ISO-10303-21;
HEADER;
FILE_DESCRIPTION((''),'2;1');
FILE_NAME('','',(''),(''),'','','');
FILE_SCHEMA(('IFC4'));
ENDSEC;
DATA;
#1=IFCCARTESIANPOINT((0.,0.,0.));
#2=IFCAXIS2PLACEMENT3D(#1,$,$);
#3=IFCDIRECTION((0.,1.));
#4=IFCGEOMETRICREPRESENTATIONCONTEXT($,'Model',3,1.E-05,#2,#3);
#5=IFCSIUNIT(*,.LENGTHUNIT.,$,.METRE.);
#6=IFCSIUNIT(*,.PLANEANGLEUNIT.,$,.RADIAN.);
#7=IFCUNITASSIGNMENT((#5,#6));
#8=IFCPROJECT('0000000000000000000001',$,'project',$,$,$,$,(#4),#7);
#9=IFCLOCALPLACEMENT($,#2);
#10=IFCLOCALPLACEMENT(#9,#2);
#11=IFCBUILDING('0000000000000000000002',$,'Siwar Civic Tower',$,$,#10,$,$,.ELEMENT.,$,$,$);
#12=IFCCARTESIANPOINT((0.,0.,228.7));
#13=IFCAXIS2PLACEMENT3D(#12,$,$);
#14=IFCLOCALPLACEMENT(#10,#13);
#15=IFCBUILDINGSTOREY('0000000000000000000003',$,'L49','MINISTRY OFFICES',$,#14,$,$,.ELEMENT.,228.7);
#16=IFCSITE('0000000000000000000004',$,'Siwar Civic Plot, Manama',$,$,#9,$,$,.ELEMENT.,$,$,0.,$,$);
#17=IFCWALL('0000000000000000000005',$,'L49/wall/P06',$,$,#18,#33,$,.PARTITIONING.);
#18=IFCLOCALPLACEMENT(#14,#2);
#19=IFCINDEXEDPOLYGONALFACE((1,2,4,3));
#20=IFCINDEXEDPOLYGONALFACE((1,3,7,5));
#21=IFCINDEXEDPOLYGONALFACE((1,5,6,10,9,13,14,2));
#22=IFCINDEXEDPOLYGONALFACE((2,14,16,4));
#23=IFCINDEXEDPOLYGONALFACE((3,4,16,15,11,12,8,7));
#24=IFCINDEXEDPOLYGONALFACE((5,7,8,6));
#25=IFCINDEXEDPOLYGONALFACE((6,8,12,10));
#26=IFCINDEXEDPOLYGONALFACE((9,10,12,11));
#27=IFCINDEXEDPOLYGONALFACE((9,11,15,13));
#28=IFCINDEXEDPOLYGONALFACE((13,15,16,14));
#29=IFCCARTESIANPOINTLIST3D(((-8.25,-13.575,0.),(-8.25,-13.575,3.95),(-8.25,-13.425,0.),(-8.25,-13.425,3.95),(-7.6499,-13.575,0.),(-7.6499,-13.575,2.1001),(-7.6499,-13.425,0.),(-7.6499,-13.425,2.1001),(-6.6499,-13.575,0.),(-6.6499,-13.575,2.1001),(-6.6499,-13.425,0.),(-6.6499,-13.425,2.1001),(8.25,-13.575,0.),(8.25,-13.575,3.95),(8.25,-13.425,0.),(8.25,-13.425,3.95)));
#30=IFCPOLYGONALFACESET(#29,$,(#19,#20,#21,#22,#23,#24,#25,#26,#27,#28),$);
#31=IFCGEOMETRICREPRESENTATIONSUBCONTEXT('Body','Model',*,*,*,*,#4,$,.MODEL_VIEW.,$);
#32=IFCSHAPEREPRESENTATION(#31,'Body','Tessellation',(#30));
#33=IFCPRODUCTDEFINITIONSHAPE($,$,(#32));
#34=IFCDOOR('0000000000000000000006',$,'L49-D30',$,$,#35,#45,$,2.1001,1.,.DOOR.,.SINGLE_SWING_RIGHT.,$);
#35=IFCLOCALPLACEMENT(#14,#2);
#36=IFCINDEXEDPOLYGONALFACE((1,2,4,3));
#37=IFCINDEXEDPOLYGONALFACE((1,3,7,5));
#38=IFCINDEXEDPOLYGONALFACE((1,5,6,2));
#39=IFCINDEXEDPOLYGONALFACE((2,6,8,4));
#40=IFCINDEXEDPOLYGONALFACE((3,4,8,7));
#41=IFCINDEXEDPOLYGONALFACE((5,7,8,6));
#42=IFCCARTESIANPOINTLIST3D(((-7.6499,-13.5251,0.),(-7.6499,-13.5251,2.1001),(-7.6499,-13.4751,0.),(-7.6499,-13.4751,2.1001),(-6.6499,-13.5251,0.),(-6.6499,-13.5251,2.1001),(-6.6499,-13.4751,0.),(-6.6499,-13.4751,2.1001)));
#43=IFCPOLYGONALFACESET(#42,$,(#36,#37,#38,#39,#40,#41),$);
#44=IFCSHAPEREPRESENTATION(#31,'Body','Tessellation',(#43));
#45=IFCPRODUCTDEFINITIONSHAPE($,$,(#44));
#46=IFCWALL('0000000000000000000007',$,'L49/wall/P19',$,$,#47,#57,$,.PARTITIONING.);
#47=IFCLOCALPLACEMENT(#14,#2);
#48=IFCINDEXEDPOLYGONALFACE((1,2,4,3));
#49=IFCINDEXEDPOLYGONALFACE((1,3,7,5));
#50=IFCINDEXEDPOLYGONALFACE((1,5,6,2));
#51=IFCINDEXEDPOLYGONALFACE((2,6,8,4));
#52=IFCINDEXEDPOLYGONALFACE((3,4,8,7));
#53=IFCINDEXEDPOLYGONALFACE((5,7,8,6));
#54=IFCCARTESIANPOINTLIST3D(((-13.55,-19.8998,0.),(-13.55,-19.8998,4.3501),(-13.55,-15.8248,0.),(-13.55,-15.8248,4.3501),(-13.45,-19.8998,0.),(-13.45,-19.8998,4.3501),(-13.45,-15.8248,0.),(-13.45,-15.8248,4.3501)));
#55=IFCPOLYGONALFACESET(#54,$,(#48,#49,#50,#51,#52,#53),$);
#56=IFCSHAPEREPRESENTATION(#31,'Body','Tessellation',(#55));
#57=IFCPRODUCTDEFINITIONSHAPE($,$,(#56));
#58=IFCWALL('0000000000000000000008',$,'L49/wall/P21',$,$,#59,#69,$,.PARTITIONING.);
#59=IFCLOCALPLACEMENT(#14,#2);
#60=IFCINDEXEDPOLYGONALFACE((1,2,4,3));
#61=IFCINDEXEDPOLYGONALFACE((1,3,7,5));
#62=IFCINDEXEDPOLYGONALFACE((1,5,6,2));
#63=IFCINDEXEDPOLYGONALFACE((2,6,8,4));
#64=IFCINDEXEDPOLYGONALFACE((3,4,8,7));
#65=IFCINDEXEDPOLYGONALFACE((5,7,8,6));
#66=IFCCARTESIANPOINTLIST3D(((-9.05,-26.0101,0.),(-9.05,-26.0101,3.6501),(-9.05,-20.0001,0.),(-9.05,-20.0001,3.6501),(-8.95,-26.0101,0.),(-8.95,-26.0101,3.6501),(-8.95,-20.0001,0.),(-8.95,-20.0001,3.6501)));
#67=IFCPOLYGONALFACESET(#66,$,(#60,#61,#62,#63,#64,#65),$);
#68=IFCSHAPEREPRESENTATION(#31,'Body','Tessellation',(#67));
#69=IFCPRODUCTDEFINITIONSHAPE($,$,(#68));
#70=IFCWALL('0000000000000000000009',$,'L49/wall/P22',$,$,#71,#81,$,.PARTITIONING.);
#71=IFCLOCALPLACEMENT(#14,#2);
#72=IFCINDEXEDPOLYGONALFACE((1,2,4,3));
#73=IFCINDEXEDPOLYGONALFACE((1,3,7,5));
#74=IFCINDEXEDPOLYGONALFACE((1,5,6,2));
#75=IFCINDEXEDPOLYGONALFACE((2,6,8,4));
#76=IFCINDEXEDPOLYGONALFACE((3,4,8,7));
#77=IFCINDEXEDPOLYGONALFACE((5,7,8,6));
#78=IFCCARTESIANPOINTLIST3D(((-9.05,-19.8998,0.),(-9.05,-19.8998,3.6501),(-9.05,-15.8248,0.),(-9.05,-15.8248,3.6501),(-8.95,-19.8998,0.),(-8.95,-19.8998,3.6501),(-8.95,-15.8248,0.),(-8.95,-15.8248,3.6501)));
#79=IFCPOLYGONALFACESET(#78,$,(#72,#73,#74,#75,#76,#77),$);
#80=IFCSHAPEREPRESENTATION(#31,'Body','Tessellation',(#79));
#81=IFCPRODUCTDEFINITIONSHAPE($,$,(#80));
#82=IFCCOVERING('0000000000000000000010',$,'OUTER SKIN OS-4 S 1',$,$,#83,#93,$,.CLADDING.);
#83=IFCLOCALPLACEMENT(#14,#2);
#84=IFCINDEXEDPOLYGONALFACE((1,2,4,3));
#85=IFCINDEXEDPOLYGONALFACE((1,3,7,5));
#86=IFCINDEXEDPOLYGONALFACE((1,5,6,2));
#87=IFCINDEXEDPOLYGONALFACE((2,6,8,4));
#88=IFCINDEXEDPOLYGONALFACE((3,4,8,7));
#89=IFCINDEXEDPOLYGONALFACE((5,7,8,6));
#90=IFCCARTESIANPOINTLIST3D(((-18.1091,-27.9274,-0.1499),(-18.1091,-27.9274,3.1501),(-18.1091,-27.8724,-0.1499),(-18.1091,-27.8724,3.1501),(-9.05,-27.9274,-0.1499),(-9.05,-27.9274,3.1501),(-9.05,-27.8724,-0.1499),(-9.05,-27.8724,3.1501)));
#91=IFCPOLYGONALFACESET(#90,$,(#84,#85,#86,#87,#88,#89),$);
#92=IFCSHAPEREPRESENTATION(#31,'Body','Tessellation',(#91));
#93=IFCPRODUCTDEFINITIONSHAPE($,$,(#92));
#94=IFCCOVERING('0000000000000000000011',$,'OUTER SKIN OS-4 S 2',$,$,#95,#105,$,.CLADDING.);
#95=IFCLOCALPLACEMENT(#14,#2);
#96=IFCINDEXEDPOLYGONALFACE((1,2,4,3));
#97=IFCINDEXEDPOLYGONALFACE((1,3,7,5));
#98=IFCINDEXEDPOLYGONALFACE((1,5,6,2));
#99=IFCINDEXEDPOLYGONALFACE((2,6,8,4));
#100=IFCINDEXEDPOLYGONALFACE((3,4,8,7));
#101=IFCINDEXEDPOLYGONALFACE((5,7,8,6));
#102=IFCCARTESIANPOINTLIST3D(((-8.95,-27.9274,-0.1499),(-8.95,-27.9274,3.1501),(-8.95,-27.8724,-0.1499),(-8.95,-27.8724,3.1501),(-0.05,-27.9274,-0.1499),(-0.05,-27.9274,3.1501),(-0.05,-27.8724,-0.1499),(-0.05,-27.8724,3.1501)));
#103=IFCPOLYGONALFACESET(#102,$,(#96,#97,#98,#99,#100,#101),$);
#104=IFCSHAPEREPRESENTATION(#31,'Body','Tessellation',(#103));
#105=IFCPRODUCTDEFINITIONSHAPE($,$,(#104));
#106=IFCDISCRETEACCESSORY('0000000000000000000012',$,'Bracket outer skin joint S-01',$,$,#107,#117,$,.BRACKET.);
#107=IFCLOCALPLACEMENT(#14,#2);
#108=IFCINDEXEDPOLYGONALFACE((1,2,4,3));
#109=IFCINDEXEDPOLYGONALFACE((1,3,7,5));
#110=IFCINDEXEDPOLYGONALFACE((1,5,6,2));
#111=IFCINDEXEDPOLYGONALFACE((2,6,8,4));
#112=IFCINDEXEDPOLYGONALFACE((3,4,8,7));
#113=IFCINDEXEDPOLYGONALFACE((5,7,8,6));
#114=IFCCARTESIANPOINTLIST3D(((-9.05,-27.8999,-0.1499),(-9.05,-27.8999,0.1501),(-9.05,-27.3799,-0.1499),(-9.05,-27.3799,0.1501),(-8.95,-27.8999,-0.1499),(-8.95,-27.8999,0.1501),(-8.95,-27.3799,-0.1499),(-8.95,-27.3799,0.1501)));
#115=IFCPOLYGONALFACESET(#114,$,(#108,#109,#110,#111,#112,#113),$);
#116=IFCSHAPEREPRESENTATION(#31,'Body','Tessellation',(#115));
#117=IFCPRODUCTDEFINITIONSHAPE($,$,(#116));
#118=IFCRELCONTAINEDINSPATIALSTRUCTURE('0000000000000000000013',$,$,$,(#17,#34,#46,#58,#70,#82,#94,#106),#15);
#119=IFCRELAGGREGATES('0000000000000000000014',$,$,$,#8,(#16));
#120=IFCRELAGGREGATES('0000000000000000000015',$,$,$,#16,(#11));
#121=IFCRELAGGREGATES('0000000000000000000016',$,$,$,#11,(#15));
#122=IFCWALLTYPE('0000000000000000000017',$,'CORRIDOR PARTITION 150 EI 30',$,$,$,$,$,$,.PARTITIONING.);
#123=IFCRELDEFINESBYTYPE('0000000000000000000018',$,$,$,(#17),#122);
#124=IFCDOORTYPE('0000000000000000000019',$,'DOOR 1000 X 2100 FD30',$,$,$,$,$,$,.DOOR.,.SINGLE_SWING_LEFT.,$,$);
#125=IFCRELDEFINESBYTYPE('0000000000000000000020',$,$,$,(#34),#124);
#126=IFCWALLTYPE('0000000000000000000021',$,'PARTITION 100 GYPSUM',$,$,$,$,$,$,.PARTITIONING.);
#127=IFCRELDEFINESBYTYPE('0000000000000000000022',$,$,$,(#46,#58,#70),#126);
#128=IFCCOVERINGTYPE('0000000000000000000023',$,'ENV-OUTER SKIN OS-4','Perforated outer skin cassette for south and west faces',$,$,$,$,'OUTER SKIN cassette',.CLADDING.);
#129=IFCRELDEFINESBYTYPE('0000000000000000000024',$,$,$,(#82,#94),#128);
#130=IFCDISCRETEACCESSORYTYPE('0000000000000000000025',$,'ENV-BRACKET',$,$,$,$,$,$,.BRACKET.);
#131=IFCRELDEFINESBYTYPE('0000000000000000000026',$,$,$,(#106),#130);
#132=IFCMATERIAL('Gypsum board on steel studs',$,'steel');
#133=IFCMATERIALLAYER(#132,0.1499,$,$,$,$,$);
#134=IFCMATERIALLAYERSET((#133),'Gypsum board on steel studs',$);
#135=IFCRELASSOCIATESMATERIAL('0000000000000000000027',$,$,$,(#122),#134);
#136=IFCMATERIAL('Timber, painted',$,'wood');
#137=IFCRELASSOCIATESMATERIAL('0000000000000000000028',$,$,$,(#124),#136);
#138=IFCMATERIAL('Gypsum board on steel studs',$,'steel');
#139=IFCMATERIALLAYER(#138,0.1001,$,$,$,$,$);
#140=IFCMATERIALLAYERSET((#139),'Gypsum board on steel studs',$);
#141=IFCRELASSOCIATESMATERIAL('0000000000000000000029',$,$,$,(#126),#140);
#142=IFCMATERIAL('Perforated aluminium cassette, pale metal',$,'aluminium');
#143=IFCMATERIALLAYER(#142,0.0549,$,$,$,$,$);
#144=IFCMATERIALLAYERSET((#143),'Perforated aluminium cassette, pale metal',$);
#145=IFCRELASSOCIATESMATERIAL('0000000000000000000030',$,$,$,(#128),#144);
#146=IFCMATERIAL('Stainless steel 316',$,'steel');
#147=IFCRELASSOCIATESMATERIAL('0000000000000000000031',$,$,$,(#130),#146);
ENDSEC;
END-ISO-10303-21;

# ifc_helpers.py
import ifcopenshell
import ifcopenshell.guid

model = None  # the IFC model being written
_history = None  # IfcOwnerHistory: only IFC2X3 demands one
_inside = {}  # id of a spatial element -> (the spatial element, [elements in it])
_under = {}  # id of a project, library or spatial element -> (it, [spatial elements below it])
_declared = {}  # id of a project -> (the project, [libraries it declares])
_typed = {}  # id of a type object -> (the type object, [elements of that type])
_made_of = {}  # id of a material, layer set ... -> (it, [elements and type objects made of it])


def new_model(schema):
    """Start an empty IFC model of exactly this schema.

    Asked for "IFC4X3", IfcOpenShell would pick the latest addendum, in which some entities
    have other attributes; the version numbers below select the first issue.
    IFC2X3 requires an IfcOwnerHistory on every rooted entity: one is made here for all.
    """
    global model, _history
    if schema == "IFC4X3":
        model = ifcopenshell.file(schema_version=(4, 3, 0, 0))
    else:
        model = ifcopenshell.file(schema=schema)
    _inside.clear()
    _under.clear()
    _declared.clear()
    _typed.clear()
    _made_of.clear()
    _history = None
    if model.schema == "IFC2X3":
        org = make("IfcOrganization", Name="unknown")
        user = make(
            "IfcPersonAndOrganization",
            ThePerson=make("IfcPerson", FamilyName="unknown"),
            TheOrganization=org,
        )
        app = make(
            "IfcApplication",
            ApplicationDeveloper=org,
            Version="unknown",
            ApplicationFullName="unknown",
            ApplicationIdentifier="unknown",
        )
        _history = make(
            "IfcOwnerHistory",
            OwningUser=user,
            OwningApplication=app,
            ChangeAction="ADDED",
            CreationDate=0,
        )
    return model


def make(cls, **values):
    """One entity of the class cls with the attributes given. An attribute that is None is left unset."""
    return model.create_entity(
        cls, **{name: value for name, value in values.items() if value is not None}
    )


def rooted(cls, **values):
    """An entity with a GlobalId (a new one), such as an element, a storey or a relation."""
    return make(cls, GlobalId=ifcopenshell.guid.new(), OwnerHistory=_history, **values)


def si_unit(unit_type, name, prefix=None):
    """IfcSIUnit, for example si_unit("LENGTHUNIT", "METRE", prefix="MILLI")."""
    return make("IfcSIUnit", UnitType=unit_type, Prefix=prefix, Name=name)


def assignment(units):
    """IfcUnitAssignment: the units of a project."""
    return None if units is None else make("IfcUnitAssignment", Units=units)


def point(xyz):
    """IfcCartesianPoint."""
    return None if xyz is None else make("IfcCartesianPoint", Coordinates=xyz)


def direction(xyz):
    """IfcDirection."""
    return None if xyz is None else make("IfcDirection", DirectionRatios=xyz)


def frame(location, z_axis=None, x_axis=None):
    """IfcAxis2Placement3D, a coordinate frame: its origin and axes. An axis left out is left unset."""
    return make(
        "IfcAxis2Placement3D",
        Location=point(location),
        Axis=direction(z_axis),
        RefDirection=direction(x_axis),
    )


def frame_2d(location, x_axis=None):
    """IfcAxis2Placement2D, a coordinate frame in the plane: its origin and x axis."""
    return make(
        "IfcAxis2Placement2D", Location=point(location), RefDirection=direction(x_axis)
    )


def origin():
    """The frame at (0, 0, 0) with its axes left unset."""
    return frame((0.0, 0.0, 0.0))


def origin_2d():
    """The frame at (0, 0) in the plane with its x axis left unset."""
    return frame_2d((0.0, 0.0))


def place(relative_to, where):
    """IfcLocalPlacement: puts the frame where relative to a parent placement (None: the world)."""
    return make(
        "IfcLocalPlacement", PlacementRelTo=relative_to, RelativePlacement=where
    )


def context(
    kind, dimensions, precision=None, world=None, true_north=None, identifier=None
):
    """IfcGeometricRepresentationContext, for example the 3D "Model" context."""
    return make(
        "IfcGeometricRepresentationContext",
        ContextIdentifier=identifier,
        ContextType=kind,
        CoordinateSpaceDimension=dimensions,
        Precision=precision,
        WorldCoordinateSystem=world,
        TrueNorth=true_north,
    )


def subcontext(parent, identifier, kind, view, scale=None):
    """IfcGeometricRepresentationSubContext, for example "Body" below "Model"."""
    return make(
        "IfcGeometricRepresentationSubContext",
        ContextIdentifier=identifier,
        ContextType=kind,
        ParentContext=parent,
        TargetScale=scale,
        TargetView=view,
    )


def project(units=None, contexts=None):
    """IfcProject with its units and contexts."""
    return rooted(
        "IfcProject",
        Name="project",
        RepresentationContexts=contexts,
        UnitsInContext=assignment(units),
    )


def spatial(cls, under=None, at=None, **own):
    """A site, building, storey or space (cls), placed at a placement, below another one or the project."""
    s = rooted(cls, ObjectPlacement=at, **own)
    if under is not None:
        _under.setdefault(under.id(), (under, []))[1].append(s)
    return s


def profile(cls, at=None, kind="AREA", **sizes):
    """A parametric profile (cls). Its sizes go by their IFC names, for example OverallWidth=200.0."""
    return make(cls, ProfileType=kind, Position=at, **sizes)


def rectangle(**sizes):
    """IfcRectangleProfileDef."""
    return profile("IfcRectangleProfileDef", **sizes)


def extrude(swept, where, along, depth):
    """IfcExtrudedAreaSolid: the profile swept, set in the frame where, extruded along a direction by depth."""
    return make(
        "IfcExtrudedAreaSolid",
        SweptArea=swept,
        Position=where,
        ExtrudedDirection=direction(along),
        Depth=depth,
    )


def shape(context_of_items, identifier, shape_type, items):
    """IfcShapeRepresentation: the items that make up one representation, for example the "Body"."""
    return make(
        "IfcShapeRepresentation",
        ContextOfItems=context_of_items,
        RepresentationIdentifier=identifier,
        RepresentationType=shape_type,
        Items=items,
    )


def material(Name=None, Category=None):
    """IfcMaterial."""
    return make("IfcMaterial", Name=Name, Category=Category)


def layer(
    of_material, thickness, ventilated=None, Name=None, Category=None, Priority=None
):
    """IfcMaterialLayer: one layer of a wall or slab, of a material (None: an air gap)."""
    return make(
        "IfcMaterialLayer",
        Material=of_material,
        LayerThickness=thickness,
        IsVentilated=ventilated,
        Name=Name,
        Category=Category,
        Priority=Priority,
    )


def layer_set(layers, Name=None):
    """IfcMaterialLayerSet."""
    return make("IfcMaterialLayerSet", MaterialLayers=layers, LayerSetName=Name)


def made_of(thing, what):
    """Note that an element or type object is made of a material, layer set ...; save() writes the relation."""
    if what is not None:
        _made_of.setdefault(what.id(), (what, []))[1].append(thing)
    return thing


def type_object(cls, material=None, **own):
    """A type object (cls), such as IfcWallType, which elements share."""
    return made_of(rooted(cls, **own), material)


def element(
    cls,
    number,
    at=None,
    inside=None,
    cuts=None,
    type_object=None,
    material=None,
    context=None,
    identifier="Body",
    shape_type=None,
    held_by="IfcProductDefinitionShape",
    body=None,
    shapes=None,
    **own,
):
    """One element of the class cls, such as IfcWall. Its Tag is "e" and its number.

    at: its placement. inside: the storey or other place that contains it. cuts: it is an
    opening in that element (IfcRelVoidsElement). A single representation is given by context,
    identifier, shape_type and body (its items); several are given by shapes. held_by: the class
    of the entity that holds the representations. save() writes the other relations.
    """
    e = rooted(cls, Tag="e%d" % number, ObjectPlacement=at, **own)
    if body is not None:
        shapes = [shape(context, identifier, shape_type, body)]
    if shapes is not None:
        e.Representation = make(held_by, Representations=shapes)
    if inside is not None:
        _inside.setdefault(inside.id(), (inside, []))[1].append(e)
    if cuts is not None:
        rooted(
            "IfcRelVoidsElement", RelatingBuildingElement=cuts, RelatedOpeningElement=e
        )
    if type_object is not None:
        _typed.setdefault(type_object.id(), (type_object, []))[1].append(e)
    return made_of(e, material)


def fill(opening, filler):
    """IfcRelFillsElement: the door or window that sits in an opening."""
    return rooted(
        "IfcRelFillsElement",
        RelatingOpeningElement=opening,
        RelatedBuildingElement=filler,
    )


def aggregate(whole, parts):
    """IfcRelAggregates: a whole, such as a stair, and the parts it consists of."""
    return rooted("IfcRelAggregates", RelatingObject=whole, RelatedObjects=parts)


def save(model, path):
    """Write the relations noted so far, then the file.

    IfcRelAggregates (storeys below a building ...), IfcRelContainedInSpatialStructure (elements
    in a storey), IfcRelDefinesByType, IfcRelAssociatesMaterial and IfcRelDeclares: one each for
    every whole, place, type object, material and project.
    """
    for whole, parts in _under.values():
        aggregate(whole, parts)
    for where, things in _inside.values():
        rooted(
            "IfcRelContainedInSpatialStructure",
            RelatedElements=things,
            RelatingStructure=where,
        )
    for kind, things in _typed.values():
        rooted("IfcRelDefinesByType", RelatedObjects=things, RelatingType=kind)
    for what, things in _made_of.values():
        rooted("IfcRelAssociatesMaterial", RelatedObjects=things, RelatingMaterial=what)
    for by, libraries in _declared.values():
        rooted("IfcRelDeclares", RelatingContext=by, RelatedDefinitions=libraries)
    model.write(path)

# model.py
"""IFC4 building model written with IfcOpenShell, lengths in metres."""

from ifc_helpers import new_model, si_unit, direction, frame, frame_2d, origin, origin_2d, place, context, subcontext, project, spatial, rectangle, extrude, material, layer, layer_set, type_object, element, fill, save


model = new_model("IFC4")

# Units and contexts
model_context = context("Model", 3, precision=1e-05, world=origin(), true_north=direction((0.0, 1.0)))
body_context = subcontext(model_context, "Body", "Model", "MODEL_VIEW")
ifc_project = project(units=[si_unit("LENGTHUNIT", "METRE"), si_unit("PLANEANGLEUNIT", "RADIAN")], contexts=[model_context])

# Site, building, storey
site_placement = place(None, origin())
site = spatial("IfcSite", under=ifc_project, at=site_placement, Name="Siwar Civic Plot, Manama", CompositionType="ELEMENT", RefElevation=0.0)
building_placement = place(site_placement, origin())
building = spatial("IfcBuilding", under=site, at=building_placement, Name="Siwar Civic Tower", CompositionType="ELEMENT")
storey_placement = place(building_placement, frame((0.0, 0.0, 228.7)))
storey = spatial("IfcBuildingStorey", under=building, at=storey_placement, Name="L49", Description="MINISTRY OFFICES", CompositionType="ELEMENT", Elevation=228.7)

# Wall, opening, door
ifc_material_1 = material(Name="Gypsum board on steel studs", Category="steel")
ifc_layer_1 = layer(ifc_material_1, 0.1499)
ifc_layer_set_1 = layer_set([ifc_layer_1], Name="Gypsum board on steel studs")
wall_type_1 = type_object("IfcWallType", Name="CORRIDOR PARTITION 150 EI 30", PredefinedType="PARTITIONING", material=ifc_layer_set_1)
wall_1_placement = place(storey_placement, frame((-8.25, -13.5, 0.0), z_axis=(0.0, 0.0, 1.0), x_axis=(1.0, 0.0, 0.0)))
wall_1 = element("IfcWall", 1, at=wall_1_placement, inside=storey, type_object=wall_type_1, Name="L49/wall/P06", PredefinedType="PARTITIONING", context=body_context, shape_type="SweptSolid", body=[
    extrude(rectangle(XDim=16.5, YDim=0.1499, at=frame_2d((8.25, 0.0))), origin(), (0.0, 0.0, 1.0), 3.95),
])
opening_placement = place(wall_1_placement, frame((0.6001, 0.0, 0.0)))
opening = element("IfcOpeningElement", 2, at=opening_placement, cuts=wall_1, PredefinedType="OPENING", context=body_context, shape_type="SweptSolid", body=[
    extrude(rectangle(XDim=1.0, YDim=2.1001, at=frame_2d((0.5, 1.05))), frame((0.0, 0.085, 0.0), z_axis=(0.0, -1.0, 0.0), x_axis=(1.0, 0.0, 0.0)), (0.0, 0.0, 1.0), 0.1699),
])
ifc_material_2 = material(Name="Timber, painted", Category="wood")
door_type = type_object("IfcDoorType", Name="DOOR 1000 X 2100 FD30", OperationType="SINGLE_SWING_LEFT", PredefinedType="DOOR", material=ifc_material_2)
door_placement = place(opening_placement, origin())
door = element("IfcDoor", 3, at=door_placement, inside=storey, type_object=door_type, Name="L49-D30", OperationType="SINGLE_SWING_RIGHT", OverallHeight=2.1001, OverallWidth=1.0, PredefinedType="DOOR", context=body_context, shape_type="SweptSolid", body=[
    extrude(rectangle(XDim=1.0, YDim=2.1001, at=frame_2d((0.5, 1.05))), frame((0.0, 0.0249, 0.0), z_axis=(0.0, -1.0, 0.0), x_axis=(1.0, 0.0, 0.0)), (0.0, 0.0, 1.0), 0.05),
])
fill(opening, door)

# Walls
ifc_material_3 = material(Name="Gypsum board on steel studs", Category="steel")
ifc_layer_2 = layer(ifc_material_3, 0.1001)
ifc_layer_set_2 = layer_set([ifc_layer_2], Name="Gypsum board on steel studs")
wall_type_2 = type_object("IfcWallType", Name="PARTITION 100 GYPSUM", PredefinedType="PARTITIONING", material=ifc_layer_set_2)
wall_2_placement = place(storey_placement, frame((-13.5, -19.8999, 0.0), z_axis=(0.0, 0.0, 1.0), x_axis=(0.0, 1.0, 0.0)))
element("IfcWall", 4, at=wall_2_placement, inside=storey, type_object=wall_type_2, Name="L49/wall/P19", PredefinedType="PARTITIONING", context=body_context, shape_type="SweptSolid", body=[
    extrude(rectangle(XDim=4.075, YDim=0.1001, at=frame_2d((2.0376, 0.0))), origin(), (0.0, 0.0, 1.0), 4.3501),
])
wall_3_placement = place(storey_placement, frame((-9.0, -26.01, 0.0), z_axis=(0.0, 0.0, 1.0), x_axis=(0.0, 1.0, 0.0)))
element("IfcWall", 5, at=wall_3_placement, inside=storey, type_object=wall_type_2, Name="L49/wall/P21", PredefinedType="PARTITIONING", context=body_context, shape_type="SweptSolid", body=[
    extrude(rectangle(XDim=6.01, YDim=0.1001, at=frame_2d((3.0049, 0.0))), origin(), (0.0, 0.0, 1.0), 3.6501),
])
wall_4_placement = place(storey_placement, frame((-9.0, -19.8999, 0.0), z_axis=(0.0, 0.0, 1.0), x_axis=(0.0, 1.0, 0.0)))
element("IfcWall", 6, at=wall_4_placement, inside=storey, type_object=wall_type_2, Name="L49/wall/P22", PredefinedType="PARTITIONING", context=body_context, shape_type="SweptSolid", body=[
    extrude(rectangle(XDim=4.075, YDim=0.1001, at=frame_2d((2.0376, 0.0))), origin(), (0.0, 0.0, 1.0), 3.6501),
])

# Coverings
ifc_material_4 = material(Name="Perforated aluminium cassette, pale metal", Category="aluminium")
ifc_layer_3 = layer(ifc_material_4, 0.0549)
ifc_layer_set_3 = layer_set([ifc_layer_3], Name="Perforated aluminium cassette, pale metal")
covering_type = type_object("IfcCoveringType", Name="ENV-OUTER SKIN OS-4", Description="Perforated outer skin cassette for south and west faces", ElementType="OUTER SKIN cassette", PredefinedType="CLADDING", material=ifc_layer_set_3)
covering_1_placement = place(storey_placement, frame((-13.5796, -27.8999, -0.1499), z_axis=(0.0, 0.0, 1.0), x_axis=(1.0, 0.0, 0.0)))
element("IfcCovering", 7, at=covering_1_placement, inside=storey, type_object=covering_type, Name="OUTER SKIN OS-4 S 1", PredefinedType="CLADDING", context=body_context, shape_type="SweptSolid", body=[
    extrude(rectangle(XDim=9.0591, YDim=0.0549, at=origin_2d()), origin(), (0.0, 0.0, 1.0), 3.3),
])
covering_2_placement = place(storey_placement, frame((-4.5, -27.8999, -0.1499), z_axis=(0.0, 0.0, 1.0), x_axis=(1.0, 0.0, 0.0)))
element("IfcCovering", 8, at=covering_2_placement, inside=storey, type_object=covering_type, Name="OUTER SKIN OS-4 S 2", PredefinedType="CLADDING", context=body_context, shape_type="SweptSolid", body=[
    extrude(rectangle(XDim=8.8999, YDim=0.0549, at=origin_2d()), origin(), (0.0, 0.0, 1.0), 3.3),
])

# Discrete accessory
ifc_material_5 = material(Name="Stainless steel 316", Category="steel")
discrete_accessory_type = type_object("IfcDiscreteAccessoryType", Name="ENV-BRACKET", PredefinedType="BRACKET", material=ifc_material_5)
discrete_accessory_placement = place(storey_placement, frame((-9.0, -27.6399, -0.1499), z_axis=(0.0, 0.0, 1.0), x_axis=(0.0, -1.0, 0.0)))
element("IfcDiscreteAccessory", 9, at=discrete_accessory_placement, inside=storey, type_object=discrete_accessory_type, Name="Bracket outer skin joint S-01", PredefinedType="BRACKET", context=body_context, shape_type="SweptSolid", body=[
    extrude(rectangle(XDim=0.52, YDim=0.1001, at=origin_2d()), origin(), (0.0, 0.0, 1.0), 0.3),
])

save(model, "model.ifc")
